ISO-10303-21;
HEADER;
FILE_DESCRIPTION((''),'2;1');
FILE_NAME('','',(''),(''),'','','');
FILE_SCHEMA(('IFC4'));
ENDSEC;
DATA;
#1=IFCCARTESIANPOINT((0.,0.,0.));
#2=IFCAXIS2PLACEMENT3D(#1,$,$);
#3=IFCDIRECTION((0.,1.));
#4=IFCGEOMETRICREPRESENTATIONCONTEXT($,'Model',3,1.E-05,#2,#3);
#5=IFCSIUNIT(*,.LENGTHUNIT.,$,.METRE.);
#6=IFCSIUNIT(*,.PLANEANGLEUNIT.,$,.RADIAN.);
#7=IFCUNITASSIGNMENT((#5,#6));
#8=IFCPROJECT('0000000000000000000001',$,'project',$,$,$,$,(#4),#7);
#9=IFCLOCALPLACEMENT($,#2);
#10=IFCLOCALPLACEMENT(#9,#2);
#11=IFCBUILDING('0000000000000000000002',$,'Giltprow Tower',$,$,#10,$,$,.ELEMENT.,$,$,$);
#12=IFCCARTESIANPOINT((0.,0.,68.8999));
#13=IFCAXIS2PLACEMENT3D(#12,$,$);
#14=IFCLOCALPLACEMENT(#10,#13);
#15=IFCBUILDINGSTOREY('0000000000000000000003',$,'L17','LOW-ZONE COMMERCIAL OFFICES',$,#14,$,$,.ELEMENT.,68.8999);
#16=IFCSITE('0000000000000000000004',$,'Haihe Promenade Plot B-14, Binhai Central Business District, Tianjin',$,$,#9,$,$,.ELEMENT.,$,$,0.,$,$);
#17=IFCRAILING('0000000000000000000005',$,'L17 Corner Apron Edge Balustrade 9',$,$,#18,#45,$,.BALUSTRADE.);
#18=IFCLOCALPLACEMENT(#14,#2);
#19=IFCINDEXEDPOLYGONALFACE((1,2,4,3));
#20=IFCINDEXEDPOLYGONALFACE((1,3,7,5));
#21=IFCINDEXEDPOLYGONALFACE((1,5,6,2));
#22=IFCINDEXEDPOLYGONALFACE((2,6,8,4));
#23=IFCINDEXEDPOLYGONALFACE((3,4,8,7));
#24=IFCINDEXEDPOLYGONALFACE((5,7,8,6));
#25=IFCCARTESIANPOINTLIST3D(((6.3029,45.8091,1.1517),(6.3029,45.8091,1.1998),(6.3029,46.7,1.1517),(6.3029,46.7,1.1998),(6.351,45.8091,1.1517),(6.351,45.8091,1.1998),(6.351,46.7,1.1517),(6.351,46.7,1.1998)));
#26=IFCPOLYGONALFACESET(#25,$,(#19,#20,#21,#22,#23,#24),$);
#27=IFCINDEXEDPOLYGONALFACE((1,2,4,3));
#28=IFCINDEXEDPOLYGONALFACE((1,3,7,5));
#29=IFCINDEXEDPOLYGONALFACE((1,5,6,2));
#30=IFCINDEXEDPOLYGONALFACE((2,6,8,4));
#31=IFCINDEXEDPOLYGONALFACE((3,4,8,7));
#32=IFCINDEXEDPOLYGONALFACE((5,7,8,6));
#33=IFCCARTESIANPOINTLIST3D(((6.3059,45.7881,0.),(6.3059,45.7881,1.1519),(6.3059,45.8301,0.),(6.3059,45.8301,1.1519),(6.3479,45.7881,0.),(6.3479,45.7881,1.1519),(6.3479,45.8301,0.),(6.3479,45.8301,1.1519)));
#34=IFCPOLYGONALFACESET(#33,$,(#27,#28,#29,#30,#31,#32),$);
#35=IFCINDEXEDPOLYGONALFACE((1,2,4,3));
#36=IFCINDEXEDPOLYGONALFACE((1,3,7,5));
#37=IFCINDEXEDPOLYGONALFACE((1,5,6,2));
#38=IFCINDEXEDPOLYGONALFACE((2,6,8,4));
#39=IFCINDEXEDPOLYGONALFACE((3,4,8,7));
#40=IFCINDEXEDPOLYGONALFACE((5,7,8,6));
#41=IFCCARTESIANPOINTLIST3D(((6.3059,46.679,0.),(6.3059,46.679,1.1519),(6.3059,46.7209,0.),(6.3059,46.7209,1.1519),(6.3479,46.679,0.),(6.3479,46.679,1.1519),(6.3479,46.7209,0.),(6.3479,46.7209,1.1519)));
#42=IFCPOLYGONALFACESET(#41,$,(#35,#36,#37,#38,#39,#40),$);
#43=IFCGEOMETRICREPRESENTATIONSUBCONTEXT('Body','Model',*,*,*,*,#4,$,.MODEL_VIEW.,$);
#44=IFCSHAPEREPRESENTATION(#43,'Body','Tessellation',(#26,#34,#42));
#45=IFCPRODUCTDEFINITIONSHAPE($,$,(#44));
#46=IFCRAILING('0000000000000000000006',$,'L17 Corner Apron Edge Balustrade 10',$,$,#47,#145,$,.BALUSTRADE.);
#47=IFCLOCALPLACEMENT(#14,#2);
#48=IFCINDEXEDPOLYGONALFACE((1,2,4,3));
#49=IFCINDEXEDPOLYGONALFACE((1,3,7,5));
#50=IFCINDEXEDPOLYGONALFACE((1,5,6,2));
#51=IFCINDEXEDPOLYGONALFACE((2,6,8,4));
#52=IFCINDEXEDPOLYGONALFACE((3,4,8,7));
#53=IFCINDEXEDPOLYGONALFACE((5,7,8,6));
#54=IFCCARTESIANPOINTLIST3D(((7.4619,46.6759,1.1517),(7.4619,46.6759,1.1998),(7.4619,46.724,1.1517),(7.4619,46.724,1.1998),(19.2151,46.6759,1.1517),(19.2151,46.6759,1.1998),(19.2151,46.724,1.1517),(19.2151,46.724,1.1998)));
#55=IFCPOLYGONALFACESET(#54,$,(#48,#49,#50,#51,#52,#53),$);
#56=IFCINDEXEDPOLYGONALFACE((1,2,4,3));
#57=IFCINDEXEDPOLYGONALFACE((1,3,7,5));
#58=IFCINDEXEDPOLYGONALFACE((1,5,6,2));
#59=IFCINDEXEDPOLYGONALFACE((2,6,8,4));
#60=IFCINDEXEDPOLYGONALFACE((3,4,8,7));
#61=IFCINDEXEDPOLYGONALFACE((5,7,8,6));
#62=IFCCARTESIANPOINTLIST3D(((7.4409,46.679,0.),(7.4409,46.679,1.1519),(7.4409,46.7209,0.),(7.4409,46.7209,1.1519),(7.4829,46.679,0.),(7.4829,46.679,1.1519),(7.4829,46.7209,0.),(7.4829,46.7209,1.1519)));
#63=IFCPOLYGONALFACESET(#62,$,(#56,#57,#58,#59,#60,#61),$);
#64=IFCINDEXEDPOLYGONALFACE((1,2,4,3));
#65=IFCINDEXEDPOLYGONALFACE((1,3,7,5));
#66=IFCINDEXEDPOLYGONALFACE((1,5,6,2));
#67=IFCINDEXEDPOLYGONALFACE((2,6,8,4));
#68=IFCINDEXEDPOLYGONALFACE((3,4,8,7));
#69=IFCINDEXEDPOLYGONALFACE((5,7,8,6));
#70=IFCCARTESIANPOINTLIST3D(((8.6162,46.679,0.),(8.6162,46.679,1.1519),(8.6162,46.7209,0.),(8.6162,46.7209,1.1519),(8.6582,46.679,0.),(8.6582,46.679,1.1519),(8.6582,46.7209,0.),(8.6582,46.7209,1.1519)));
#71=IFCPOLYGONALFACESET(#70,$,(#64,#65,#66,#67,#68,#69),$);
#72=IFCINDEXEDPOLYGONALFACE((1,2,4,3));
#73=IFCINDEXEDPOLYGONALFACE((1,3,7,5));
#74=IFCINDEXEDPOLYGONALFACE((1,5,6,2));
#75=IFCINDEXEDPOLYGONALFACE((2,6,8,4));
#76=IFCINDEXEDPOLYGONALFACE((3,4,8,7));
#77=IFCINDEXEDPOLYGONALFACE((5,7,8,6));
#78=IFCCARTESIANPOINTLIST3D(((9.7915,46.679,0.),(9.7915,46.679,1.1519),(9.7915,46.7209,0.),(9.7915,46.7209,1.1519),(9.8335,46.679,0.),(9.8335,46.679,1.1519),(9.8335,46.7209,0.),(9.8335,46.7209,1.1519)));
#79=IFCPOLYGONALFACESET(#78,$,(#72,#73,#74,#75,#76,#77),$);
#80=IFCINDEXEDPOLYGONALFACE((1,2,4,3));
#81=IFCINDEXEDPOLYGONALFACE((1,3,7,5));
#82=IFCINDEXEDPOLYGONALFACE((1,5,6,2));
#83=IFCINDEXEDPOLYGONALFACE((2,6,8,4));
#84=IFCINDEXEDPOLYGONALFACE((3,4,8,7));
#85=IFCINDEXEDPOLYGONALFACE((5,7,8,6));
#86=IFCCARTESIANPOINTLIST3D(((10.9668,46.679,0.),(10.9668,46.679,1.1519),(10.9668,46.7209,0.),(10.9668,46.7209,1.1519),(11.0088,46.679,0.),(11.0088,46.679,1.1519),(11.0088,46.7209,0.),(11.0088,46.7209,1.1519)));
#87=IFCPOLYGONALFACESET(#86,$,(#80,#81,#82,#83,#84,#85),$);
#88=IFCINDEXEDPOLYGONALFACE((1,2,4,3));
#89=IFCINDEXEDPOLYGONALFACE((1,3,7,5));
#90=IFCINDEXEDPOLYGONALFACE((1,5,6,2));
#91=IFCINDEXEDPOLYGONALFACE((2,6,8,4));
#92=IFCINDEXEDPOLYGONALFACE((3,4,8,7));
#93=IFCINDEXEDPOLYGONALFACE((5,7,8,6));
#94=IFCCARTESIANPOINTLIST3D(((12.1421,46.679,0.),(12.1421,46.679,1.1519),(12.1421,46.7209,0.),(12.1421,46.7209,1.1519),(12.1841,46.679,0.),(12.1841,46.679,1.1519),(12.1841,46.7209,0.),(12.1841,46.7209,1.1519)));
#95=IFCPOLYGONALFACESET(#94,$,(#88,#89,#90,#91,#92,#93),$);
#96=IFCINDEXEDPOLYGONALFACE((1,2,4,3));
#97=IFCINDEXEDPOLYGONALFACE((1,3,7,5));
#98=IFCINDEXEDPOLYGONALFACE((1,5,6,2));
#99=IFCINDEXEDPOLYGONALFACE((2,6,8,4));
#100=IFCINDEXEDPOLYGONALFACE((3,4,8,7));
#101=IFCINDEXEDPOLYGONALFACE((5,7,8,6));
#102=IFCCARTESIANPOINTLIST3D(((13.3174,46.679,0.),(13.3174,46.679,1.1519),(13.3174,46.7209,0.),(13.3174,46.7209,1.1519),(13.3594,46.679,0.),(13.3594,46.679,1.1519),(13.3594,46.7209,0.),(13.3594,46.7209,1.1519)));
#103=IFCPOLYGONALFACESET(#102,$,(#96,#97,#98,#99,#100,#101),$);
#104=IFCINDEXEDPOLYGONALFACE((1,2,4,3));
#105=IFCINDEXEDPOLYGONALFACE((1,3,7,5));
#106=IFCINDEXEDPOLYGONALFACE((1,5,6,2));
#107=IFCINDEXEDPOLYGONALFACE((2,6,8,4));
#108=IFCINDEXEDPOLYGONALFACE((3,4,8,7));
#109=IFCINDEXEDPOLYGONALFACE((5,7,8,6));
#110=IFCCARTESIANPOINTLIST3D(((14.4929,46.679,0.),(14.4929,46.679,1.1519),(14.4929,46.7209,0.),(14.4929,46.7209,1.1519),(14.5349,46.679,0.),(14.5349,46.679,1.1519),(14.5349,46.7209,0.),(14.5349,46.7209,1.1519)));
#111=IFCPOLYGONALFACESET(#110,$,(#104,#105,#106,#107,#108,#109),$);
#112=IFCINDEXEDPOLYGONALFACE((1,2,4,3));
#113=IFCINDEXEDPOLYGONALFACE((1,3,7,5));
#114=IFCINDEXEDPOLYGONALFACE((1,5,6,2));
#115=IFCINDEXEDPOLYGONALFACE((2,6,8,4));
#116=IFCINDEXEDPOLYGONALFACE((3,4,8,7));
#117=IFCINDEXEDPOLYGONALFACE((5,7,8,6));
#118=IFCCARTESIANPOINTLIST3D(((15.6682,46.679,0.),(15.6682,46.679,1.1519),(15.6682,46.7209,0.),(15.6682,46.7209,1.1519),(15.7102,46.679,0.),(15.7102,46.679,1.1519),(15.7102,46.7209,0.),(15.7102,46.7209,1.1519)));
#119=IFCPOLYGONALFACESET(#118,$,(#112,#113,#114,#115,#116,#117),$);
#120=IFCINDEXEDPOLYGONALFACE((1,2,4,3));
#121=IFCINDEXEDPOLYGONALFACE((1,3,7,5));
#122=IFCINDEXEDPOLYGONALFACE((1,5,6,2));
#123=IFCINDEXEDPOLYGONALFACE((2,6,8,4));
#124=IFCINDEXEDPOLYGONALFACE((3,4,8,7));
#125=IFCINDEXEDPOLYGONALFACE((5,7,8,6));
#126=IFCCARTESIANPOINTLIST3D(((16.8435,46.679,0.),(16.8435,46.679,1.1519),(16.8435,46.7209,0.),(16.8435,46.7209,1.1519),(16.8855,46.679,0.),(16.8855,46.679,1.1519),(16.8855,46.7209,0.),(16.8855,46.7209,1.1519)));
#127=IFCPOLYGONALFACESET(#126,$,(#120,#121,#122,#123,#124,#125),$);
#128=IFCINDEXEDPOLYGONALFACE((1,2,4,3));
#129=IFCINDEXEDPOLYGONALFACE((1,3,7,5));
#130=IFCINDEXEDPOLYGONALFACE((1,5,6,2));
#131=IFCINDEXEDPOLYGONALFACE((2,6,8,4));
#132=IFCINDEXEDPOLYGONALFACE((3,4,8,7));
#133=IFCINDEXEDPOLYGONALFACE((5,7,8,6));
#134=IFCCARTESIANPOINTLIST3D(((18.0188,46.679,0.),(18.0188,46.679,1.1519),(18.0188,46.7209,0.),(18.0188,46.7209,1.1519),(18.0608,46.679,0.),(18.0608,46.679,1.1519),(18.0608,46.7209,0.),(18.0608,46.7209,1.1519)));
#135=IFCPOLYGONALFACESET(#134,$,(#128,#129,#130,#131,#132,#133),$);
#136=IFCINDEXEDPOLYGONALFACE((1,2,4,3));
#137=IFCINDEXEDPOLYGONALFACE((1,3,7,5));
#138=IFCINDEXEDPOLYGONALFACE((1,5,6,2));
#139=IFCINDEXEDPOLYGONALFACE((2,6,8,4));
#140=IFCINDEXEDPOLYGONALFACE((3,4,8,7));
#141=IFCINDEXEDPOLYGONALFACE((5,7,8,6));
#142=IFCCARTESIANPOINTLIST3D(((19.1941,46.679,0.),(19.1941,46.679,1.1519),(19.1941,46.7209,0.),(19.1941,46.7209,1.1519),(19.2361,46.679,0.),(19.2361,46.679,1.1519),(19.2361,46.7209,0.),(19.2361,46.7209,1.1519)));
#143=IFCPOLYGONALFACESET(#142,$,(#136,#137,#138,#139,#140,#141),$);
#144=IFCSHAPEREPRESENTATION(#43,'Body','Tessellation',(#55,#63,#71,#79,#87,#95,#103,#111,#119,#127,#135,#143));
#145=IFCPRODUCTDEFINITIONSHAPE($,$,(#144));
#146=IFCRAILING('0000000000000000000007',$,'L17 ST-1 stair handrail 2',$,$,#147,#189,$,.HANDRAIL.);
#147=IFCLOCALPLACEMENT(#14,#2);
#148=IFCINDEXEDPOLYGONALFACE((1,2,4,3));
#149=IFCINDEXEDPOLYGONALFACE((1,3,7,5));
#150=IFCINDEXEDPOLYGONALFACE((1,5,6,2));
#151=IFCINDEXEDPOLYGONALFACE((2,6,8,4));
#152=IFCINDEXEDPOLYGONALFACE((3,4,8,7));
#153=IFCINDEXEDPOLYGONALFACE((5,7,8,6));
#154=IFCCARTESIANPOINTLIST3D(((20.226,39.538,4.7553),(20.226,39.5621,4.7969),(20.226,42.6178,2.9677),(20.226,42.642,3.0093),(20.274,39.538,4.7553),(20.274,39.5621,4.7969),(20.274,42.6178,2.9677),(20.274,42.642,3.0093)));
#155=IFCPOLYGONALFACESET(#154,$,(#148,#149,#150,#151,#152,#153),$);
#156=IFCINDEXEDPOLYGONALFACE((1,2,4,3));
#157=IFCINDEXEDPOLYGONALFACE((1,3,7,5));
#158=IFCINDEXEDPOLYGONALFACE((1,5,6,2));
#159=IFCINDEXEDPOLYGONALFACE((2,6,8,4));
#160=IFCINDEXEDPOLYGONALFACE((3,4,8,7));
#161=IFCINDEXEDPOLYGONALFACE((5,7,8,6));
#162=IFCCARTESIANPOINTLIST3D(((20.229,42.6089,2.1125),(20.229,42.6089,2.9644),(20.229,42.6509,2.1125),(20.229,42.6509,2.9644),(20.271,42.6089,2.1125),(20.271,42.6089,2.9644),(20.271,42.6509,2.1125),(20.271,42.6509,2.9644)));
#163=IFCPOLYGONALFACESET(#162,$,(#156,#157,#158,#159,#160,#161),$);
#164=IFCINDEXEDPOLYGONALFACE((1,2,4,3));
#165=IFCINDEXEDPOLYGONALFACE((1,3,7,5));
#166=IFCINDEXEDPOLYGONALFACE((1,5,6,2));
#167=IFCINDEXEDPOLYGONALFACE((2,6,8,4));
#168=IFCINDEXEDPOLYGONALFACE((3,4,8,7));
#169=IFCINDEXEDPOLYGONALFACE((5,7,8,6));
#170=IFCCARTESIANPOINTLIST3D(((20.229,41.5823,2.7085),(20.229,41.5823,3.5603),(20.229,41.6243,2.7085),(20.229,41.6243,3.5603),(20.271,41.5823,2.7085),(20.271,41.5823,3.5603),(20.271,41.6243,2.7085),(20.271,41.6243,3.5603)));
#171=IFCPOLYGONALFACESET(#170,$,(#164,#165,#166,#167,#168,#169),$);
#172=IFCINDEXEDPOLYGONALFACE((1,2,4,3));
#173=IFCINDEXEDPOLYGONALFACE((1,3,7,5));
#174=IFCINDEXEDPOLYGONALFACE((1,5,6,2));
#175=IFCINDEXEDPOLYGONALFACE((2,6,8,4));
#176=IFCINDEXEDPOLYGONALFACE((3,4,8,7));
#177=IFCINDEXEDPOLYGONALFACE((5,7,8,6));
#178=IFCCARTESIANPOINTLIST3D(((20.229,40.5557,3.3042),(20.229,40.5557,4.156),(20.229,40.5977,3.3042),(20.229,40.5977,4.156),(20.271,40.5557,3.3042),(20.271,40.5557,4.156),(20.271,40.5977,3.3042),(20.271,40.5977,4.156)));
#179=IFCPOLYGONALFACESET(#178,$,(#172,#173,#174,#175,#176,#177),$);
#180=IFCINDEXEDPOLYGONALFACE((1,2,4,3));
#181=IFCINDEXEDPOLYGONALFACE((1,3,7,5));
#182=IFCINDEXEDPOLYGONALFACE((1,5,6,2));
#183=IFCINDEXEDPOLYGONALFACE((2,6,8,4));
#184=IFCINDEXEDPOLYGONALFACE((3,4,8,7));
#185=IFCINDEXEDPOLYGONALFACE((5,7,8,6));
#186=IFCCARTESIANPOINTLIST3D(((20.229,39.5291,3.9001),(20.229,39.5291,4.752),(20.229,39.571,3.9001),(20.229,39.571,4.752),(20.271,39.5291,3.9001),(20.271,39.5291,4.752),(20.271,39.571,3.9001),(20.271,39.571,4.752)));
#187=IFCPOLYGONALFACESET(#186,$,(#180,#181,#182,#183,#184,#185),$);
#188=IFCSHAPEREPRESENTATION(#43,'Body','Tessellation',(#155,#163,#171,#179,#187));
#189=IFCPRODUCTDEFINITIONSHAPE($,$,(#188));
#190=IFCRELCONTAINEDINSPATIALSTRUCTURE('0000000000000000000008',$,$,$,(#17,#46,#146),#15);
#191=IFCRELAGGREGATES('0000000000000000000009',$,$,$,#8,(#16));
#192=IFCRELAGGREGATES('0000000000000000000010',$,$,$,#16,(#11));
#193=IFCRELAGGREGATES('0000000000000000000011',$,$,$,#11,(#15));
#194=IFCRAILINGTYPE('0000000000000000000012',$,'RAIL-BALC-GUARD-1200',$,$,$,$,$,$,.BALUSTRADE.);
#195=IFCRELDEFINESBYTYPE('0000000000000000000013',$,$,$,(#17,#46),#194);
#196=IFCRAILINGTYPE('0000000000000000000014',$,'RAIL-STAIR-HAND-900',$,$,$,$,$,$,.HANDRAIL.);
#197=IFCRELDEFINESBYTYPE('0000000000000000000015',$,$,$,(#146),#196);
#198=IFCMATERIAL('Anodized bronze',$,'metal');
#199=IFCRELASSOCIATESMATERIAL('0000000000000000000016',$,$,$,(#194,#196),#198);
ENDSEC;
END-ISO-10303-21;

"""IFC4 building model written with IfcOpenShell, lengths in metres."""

from ifc_helpers import new_model, si_unit, direction, frame, origin, origin_2d, place, context, subcontext, project, spatial, rectangle, extrude, material, type_object, element, save


model = new_model("IFC4")

# Units and contexts
model_context = context("Model", 3, precision=1e-05, world=origin(), true_north=direction((0.0, 1.0)))
body_context = subcontext(model_context, "Body", "Model", "MODEL_VIEW")
ifc_project = project(units=[si_unit("LENGTHUNIT", "METRE"), si_unit("PLANEANGLEUNIT", "RADIAN")], contexts=[model_context])

# Site, building, storey
site_placement = place(None, origin())
site = spatial("IfcSite", under=ifc_project, at=site_placement, Name="Haihe Promenade Plot B-14, Binhai Central Business District, Tianjin", CompositionType="ELEMENT", RefElevation=0.0)
building_placement = place(site_placement, origin())
building = spatial("IfcBuilding", under=site, at=building_placement, Name="Giltprow Tower", CompositionType="ELEMENT")
storey_placement = place(building_placement, frame((0.0, 0.0, 68.8999)))
storey = spatial("IfcBuildingStorey", under=building, at=storey_placement, Name="L17", Description="LOW-ZONE COMMERCIAL OFFICES", CompositionType="ELEMENT", Elevation=68.8999)

# Railings
ifc_material_1 = material(Name="Anodized bronze", Category="metal")
railing_type_1 = type_object("IfcRailingType", Name="RAIL-BALC-GUARD-1200", PredefinedType="BALUSTRADE", material=ifc_material_1)
railing_1_placement = place(storey_placement, frame((6.3269, 45.8091, 0.0)))
element("IfcRailing", 1, at=railing_1_placement, inside=storey, type_object=railing_type_1, Name="L17 Corner Apron Edge Balustrade 9", PredefinedType="BALUSTRADE", context=body_context, shape_type="SweptSolid", body=[
    extrude(rectangle(XDim=0.0481, YDim=0.0481, at=origin_2d()), frame((0.0, 0.0, 1.1758), z_axis=(0.0, 1.0, 0.0), x_axis=(-1.0, 0.0, 0.0)), (0.0, 0.0, 1.0), 0.8909),
    extrude(rectangle(XDim=0.042, YDim=0.042, at=origin_2d()), origin(), (0.0, 0.0, 1.0), 1.1519),
    extrude(rectangle(XDim=0.042, YDim=0.042, at=origin_2d()), frame((0.0, 0.8909, 0.0)), (0.0, 0.0, 1.0), 1.1519),
])
railing_2_placement = place(storey_placement, frame((7.4619, 46.7, 0.0)))
element("IfcRailing", 2, at=railing_2_placement, inside=storey, type_object=railing_type_1, Name="L17 Corner Apron Edge Balustrade 10", PredefinedType="BALUSTRADE", context=body_context, shape_type="SweptSolid", body=[
    extrude(rectangle(XDim=0.0481, YDim=0.0481, at=origin_2d()), frame((0.0, 0.0, 1.1758), z_axis=(1.0, 0.0, 0.0), x_axis=(0.0, 1.0, 0.0)), (0.0, 0.0, 1.0), 11.7532),
    extrude(rectangle(XDim=0.042, YDim=0.042, at=origin_2d()), origin(), (0.0, 0.0, 1.0), 1.1519),
    extrude(rectangle(XDim=0.042, YDim=0.042, at=origin_2d()), frame((1.1753, 0.0, 0.0)), (0.0, 0.0, 1.0), 1.1519),
    extrude(rectangle(XDim=0.042, YDim=0.042, at=origin_2d()), frame((2.3506, 0.0, 0.0)), (0.0, 0.0, 1.0), 1.1519),
    extrude(rectangle(XDim=0.042, YDim=0.042, at=origin_2d()), frame((3.5259, 0.0, 0.0)), (0.0, 0.0, 1.0), 1.1519),
    extrude(rectangle(XDim=0.042, YDim=0.042, at=origin_2d()), frame((4.7012, 0.0, 0.0)), (0.0, 0.0, 1.0), 1.1519),
    extrude(rectangle(XDim=0.042, YDim=0.042, at=origin_2d()), frame((5.8765, 0.0, 0.0)), (0.0, 0.0, 1.0), 1.1519),
    extrude(rectangle(XDim=0.042, YDim=0.042, at=origin_2d()), frame((7.052, 0.0, 0.0)), (0.0, 0.0, 1.0), 1.1519),
    extrude(rectangle(XDim=0.042, YDim=0.042, at=origin_2d()), frame((8.2273, 0.0, 0.0)), (0.0, 0.0, 1.0), 1.1519),
    extrude(rectangle(XDim=0.042, YDim=0.042, at=origin_2d()), frame((9.4026, 0.0, 0.0)), (0.0, 0.0, 1.0), 1.1519),
    extrude(rectangle(XDim=0.042, YDim=0.042, at=origin_2d()), frame((10.5779, 0.0, 0.0)), (0.0, 0.0, 1.0), 1.1519),
    extrude(rectangle(XDim=0.042, YDim=0.042, at=origin_2d()), frame((11.7532, 0.0, 0.0)), (0.0, 0.0, 1.0), 1.1519),
])
railing_type_2 = type_object("IfcRailingType", Name="RAIL-STAIR-HAND-900", PredefinedType="HANDRAIL", material=ifc_material_1)
railing_3_placement = place(storey_placement, frame((20.25, 42.6299, 2.1125)))
element("IfcRailing", 3, at=railing_3_placement, inside=storey, type_object=railing_type_2, Name="L17 ST-1 stair handrail 2", PredefinedType="HANDRAIL", context=body_context, shape_type="SweptSolid", body=[
    extrude(rectangle(XDim=0.0481, YDim=0.0481, at=origin_2d()), frame((0.0, 0.0, 0.876), z_axis=(0.0, -0.864873, 0.50199), x_axis=(1.0, 0.0, 0.0)), (0.0, 0.0, 1.0), 3.561),
    extrude(rectangle(XDim=0.042, YDim=0.042, at=origin_2d()), origin(), (0.0, 0.0, 1.0), 0.8518),
    extrude(rectangle(XDim=0.042, YDim=0.042, at=origin_2d()), frame((0.0, -1.0266, 0.5959)), (0.0, 0.0, 1.0), 0.8518),
    extrude(rectangle(XDim=0.042, YDim=0.042, at=origin_2d()), frame((0.0, -2.0532, 1.1917)), (0.0, 0.0, 1.0), 0.8518),
    extrude(rectangle(XDim=0.042, YDim=0.042, at=origin_2d()), frame((0.0, -3.0798, 1.7876)), (0.0, 0.0, 1.0), 0.8518),
])

save(model, "model.ifc")
